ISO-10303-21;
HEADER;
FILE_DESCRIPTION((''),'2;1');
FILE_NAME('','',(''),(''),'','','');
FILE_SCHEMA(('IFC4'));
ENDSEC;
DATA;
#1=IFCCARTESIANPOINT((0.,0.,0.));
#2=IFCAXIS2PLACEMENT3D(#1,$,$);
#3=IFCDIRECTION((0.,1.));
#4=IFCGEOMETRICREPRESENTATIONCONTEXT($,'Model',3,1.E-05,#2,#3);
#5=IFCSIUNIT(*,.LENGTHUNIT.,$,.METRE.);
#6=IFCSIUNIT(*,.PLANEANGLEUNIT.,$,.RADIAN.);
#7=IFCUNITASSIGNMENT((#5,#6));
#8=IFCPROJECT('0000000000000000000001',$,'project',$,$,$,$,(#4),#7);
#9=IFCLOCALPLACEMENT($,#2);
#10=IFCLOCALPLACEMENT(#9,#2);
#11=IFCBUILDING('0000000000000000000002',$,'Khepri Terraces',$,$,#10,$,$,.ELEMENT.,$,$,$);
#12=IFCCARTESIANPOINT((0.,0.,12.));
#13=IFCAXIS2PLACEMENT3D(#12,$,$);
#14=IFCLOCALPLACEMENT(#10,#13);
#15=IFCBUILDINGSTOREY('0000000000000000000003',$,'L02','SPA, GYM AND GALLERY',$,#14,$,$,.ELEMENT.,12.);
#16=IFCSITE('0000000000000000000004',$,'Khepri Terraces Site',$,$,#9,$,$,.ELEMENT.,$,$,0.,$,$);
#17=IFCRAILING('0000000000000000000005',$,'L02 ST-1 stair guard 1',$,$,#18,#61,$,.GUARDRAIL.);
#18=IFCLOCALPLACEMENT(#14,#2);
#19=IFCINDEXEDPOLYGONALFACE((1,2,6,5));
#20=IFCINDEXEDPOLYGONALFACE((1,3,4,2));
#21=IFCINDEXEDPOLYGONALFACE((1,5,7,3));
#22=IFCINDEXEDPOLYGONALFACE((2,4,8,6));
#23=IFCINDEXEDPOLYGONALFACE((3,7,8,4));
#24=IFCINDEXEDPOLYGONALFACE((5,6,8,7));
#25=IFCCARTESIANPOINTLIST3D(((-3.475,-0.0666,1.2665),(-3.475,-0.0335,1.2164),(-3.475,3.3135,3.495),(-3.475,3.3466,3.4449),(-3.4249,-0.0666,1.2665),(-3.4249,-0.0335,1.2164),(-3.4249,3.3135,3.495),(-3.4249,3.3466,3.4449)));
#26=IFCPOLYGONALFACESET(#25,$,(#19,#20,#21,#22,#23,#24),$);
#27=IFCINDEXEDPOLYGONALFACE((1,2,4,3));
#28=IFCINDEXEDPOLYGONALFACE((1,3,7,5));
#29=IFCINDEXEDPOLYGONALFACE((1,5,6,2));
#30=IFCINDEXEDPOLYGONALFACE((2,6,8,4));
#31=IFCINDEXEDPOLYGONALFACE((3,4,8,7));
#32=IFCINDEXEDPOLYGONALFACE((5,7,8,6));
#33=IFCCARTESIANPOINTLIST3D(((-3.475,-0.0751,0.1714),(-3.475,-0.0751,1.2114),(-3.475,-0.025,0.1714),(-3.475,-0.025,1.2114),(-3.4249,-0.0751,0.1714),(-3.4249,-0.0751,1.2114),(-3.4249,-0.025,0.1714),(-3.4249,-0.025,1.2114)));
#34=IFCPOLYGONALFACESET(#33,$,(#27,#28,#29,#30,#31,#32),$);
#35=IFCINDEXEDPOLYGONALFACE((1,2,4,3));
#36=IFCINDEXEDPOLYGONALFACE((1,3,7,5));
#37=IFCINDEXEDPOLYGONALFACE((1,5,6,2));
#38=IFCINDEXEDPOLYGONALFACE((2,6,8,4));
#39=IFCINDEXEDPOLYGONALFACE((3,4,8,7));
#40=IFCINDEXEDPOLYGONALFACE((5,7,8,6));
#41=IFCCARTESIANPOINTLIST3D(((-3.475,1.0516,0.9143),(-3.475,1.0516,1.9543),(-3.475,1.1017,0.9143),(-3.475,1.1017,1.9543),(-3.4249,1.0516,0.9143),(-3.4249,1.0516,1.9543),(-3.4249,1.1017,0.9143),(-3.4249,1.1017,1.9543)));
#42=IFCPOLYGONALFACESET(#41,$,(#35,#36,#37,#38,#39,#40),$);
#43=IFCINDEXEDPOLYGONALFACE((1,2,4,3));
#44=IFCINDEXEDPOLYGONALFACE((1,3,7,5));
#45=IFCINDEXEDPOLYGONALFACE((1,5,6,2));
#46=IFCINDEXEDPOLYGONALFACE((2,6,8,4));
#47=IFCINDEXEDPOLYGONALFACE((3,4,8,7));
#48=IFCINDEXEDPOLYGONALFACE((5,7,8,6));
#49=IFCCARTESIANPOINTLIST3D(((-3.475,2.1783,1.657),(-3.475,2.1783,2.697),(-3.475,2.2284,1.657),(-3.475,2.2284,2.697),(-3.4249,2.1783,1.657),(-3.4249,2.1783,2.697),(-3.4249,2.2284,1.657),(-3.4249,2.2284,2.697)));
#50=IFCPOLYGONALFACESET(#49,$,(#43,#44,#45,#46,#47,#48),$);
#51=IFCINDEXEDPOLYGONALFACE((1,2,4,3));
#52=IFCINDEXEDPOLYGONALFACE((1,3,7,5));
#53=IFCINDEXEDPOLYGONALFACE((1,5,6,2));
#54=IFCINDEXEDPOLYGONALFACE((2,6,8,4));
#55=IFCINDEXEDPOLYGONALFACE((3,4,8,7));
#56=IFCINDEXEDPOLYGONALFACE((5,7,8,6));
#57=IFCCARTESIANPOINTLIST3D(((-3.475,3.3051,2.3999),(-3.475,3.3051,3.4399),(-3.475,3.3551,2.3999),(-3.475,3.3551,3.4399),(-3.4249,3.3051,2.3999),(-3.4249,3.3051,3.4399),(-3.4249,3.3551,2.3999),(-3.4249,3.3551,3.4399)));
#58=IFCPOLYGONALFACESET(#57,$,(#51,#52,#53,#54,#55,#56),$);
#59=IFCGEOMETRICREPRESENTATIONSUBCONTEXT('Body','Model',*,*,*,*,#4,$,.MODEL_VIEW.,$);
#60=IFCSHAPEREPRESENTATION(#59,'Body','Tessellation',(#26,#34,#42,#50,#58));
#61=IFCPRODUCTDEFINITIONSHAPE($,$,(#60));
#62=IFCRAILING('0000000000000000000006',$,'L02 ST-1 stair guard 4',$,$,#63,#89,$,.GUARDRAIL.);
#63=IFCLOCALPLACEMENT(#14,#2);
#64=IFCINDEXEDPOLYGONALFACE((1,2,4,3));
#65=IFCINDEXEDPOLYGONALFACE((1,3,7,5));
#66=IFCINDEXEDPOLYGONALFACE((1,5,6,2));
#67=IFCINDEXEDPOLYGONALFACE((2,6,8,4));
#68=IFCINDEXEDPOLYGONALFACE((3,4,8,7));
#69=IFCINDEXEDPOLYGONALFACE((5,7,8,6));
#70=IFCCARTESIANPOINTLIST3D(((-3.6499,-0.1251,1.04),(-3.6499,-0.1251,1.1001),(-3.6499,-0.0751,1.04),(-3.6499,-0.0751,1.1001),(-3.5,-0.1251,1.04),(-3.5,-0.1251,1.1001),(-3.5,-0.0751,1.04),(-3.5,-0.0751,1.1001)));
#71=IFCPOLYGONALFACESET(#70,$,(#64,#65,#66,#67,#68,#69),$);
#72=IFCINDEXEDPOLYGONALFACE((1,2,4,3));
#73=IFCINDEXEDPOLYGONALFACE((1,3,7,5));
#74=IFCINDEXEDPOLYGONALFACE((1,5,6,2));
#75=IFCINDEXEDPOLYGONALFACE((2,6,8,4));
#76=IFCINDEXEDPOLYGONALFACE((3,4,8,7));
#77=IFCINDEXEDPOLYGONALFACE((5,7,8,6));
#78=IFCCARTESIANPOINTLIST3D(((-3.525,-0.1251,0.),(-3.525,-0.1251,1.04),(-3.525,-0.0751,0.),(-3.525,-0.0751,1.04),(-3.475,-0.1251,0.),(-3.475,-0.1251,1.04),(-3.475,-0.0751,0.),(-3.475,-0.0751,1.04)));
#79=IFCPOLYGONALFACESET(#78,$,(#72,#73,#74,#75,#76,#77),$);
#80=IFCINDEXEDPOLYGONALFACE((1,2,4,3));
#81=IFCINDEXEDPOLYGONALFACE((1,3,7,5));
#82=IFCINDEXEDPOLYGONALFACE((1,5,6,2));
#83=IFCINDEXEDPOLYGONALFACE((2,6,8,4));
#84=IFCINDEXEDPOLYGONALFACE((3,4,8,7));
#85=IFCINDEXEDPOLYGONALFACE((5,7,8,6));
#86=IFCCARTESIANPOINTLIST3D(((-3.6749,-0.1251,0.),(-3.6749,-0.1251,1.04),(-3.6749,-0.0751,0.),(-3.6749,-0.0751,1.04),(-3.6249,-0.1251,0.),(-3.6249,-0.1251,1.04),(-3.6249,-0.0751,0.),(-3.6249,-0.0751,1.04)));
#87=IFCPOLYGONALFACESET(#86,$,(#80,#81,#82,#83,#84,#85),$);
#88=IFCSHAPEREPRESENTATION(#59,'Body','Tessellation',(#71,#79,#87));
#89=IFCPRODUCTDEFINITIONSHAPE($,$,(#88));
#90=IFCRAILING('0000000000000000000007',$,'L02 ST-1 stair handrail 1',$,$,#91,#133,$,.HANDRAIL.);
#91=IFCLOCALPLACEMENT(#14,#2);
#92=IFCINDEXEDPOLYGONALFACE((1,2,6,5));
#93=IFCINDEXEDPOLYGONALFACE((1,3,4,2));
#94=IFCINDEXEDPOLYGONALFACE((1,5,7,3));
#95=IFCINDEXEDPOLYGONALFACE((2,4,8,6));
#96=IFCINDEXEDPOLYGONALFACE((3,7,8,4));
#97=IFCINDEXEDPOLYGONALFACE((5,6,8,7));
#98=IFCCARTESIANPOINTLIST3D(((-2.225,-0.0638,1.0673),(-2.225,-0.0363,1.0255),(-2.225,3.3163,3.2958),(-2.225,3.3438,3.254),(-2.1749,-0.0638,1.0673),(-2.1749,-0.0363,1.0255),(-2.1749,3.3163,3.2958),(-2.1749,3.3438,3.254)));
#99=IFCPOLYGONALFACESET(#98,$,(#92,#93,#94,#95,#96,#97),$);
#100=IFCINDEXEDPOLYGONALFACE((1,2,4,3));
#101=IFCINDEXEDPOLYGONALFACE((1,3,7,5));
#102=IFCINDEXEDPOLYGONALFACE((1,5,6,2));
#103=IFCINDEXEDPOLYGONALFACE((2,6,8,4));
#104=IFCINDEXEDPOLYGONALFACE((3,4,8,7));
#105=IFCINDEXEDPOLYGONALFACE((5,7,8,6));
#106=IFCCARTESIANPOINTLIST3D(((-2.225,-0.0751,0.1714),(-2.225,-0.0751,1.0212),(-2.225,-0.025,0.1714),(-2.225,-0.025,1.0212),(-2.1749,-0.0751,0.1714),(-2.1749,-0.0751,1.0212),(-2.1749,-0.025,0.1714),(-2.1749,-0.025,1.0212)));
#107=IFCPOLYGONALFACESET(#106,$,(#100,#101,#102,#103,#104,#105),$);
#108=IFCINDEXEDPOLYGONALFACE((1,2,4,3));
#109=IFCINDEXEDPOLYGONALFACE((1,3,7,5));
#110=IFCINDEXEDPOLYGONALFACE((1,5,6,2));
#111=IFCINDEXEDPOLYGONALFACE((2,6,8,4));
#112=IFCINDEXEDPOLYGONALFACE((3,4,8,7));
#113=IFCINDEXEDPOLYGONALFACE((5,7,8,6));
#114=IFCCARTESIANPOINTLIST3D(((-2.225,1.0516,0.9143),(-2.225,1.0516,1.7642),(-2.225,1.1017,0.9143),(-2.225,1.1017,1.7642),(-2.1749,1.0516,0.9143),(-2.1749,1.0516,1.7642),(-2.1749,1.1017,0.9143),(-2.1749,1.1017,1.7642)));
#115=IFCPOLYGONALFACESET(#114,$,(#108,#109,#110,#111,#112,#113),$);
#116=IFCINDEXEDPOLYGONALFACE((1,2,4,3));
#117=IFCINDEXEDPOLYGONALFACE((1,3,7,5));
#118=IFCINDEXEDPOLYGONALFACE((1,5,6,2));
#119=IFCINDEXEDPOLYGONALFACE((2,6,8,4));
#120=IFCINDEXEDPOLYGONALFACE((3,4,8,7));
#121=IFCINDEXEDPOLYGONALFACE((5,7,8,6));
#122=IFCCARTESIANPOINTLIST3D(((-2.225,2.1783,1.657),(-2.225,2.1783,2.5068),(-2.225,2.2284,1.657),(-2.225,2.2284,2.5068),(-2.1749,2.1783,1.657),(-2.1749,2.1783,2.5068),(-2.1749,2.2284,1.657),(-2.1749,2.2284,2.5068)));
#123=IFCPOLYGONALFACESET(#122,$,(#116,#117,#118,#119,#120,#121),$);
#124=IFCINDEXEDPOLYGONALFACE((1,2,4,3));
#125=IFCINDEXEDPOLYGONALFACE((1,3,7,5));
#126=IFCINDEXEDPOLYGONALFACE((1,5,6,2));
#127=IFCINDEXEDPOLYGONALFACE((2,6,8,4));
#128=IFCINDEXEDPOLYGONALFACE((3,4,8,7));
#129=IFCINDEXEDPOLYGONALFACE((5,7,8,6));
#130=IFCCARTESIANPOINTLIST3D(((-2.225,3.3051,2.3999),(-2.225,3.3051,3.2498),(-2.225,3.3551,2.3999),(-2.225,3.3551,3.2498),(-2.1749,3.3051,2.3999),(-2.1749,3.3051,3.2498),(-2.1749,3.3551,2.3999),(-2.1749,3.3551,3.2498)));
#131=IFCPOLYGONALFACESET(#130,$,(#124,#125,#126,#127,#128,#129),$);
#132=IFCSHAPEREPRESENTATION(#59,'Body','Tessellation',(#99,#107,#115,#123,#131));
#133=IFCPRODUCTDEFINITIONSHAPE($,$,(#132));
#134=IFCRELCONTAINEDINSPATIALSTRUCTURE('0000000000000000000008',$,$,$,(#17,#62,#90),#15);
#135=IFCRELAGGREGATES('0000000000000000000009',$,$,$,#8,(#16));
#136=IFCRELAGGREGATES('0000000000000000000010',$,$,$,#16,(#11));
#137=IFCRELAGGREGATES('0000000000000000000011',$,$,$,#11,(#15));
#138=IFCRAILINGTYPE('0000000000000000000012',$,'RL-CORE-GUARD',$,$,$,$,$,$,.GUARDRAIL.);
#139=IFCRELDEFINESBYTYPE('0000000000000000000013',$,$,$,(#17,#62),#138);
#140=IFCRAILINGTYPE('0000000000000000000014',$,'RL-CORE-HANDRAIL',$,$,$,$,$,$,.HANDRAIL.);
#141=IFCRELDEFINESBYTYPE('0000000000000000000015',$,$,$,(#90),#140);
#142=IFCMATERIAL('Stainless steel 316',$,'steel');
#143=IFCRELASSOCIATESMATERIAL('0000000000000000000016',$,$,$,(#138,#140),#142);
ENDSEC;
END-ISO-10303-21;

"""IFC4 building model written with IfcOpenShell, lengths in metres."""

from ifc_helpers import new_model, si_unit, direction, frame, origin, origin_2d, place, context, subcontext, project, spatial, rectangle, extrude, material, type_object, element, save


model = new_model("IFC4")

# Units and contexts
model_context = context("Model", 3, precision=1e-05, world=origin(), true_north=direction((0.0, 1.0)))
body_context = subcontext(model_context, "Body", "Model", "MODEL_VIEW")
ifc_project = project(units=[si_unit("LENGTHUNIT", "METRE"), si_unit("PLANEANGLEUNIT", "RADIAN")], contexts=[model_context])

# Site, building, storey
site_placement = place(None, origin())
site = spatial("IfcSite", under=ifc_project, at=site_placement, Name="Khepri Terraces Site", CompositionType="ELEMENT", RefElevation=0.0)
building_placement = place(site_placement, origin())
building = spatial("IfcBuilding", under=site, at=building_placement, Name="Khepri Terraces", CompositionType="ELEMENT")
storey_placement = place(building_placement, frame((0.0, 0.0, 12.0)))
storey = spatial("IfcBuildingStorey", under=building, at=storey_placement, Name="L02", Description="SPA, GYM AND GALLERY", CompositionType="ELEMENT", Elevation=12.0)

# Railings
ifc_material_1 = material(Name="Stainless steel 316", Category="steel")
railing_type_1 = type_object("IfcRailingType", Name="RL-CORE-GUARD", PredefinedType="GUARDRAIL", material=ifc_material_1)
railing_1_placement = place(storey_placement, frame((-3.45, -0.05, 0.1714)))
element("IfcRailing", 1, at=railing_1_placement, inside=storey, type_object=railing_type_1, Name="L02 ST-1 stair guard 1", PredefinedType="GUARDRAIL", context=body_context, shape_type="SweptSolid", body=[
    extrude(rectangle(XDim=0.05, YDim=0.0601, at=origin_2d()), frame((0.0, 0.0, 1.0701), z_axis=(0.0, 0.834878, 0.550435), x_axis=(-1.0, 0.0, 0.0)), (0.0, 0.0, 1.0), 4.0486),
    extrude(rectangle(XDim=0.05, YDim=0.05, at=origin_2d()), origin(), (0.0, 0.0, 1.0), 1.04),
    extrude(rectangle(XDim=0.05, YDim=0.05, at=origin_2d()), frame((0.0, 1.1267, 0.7429)), (0.0, 0.0, 1.0), 1.04),
    extrude(rectangle(XDim=0.05, YDim=0.05, at=origin_2d()), frame((0.0, 2.2534, 1.4856)), (0.0, 0.0, 1.0), 1.04),
    extrude(rectangle(XDim=0.05, YDim=0.05, at=origin_2d()), frame((0.0, 3.3801, 2.2285)), (0.0, 0.0, 1.0), 1.04),
])
railing_2_placement = place(storey_placement, frame((-3.5, -0.1001, 0.0)))
element("IfcRailing", 2, at=railing_2_placement, inside=storey, type_object=railing_type_1, Name="L02 ST-1 stair guard 4", PredefinedType="GUARDRAIL", context=body_context, shape_type="SweptSolid", body=[
    extrude(rectangle(XDim=0.05, YDim=0.0601, at=origin_2d()), frame((0.0, 0.0, 1.0701), z_axis=(-1.0, 0.0, 0.0), x_axis=(0.0, -1.0, 0.0)), (0.0, 0.0, 1.0), 0.1499),
    extrude(rectangle(XDim=0.05, YDim=0.05, at=origin_2d()), origin(), (0.0, 0.0, 1.0), 1.04),
    extrude(rectangle(XDim=0.05, YDim=0.05, at=origin_2d()), frame((-0.1499, 0.0, 0.0)), (0.0, 0.0, 1.0), 1.04),
])
railing_type_2 = type_object("IfcRailingType", Name="RL-CORE-HANDRAIL", PredefinedType="HANDRAIL", material=ifc_material_1)
railing_3_placement = place(storey_placement, frame((-2.2, -0.05, 0.1714)))
element("IfcRailing", 3, at=railing_3_placement, inside=storey, type_object=railing_type_2, Name="L02 ST-1 stair handrail 1", PredefinedType="HANDRAIL", context=body_context, shape_type="SweptSolid", body=[
    extrude(rectangle(XDim=0.05, YDim=0.05, at=origin_2d()), frame((0.0, 0.0, 0.875), z_axis=(0.0, 0.834878, 0.550435), x_axis=(-1.0, 0.0, 0.0)), (0.0, 0.0, 1.0), 4.0486),
    extrude(rectangle(XDim=0.05, YDim=0.05, at=origin_2d()), origin(), (0.0, 0.0, 1.0), 0.8499),
    extrude(rectangle(XDim=0.05, YDim=0.05, at=origin_2d()), frame((0.0, 1.1267, 0.7429)), (0.0, 0.0, 1.0), 0.8499),
    extrude(rectangle(XDim=0.05, YDim=0.05, at=origin_2d()), frame((0.0, 2.2534, 1.4856)), (0.0, 0.0, 1.0), 0.8499),
    extrude(rectangle(XDim=0.05, YDim=0.05, at=origin_2d()), frame((0.0, 3.3801, 2.2285)), (0.0, 0.0, 1.0), 0.8499),
])

save(model, "model.ifc")
